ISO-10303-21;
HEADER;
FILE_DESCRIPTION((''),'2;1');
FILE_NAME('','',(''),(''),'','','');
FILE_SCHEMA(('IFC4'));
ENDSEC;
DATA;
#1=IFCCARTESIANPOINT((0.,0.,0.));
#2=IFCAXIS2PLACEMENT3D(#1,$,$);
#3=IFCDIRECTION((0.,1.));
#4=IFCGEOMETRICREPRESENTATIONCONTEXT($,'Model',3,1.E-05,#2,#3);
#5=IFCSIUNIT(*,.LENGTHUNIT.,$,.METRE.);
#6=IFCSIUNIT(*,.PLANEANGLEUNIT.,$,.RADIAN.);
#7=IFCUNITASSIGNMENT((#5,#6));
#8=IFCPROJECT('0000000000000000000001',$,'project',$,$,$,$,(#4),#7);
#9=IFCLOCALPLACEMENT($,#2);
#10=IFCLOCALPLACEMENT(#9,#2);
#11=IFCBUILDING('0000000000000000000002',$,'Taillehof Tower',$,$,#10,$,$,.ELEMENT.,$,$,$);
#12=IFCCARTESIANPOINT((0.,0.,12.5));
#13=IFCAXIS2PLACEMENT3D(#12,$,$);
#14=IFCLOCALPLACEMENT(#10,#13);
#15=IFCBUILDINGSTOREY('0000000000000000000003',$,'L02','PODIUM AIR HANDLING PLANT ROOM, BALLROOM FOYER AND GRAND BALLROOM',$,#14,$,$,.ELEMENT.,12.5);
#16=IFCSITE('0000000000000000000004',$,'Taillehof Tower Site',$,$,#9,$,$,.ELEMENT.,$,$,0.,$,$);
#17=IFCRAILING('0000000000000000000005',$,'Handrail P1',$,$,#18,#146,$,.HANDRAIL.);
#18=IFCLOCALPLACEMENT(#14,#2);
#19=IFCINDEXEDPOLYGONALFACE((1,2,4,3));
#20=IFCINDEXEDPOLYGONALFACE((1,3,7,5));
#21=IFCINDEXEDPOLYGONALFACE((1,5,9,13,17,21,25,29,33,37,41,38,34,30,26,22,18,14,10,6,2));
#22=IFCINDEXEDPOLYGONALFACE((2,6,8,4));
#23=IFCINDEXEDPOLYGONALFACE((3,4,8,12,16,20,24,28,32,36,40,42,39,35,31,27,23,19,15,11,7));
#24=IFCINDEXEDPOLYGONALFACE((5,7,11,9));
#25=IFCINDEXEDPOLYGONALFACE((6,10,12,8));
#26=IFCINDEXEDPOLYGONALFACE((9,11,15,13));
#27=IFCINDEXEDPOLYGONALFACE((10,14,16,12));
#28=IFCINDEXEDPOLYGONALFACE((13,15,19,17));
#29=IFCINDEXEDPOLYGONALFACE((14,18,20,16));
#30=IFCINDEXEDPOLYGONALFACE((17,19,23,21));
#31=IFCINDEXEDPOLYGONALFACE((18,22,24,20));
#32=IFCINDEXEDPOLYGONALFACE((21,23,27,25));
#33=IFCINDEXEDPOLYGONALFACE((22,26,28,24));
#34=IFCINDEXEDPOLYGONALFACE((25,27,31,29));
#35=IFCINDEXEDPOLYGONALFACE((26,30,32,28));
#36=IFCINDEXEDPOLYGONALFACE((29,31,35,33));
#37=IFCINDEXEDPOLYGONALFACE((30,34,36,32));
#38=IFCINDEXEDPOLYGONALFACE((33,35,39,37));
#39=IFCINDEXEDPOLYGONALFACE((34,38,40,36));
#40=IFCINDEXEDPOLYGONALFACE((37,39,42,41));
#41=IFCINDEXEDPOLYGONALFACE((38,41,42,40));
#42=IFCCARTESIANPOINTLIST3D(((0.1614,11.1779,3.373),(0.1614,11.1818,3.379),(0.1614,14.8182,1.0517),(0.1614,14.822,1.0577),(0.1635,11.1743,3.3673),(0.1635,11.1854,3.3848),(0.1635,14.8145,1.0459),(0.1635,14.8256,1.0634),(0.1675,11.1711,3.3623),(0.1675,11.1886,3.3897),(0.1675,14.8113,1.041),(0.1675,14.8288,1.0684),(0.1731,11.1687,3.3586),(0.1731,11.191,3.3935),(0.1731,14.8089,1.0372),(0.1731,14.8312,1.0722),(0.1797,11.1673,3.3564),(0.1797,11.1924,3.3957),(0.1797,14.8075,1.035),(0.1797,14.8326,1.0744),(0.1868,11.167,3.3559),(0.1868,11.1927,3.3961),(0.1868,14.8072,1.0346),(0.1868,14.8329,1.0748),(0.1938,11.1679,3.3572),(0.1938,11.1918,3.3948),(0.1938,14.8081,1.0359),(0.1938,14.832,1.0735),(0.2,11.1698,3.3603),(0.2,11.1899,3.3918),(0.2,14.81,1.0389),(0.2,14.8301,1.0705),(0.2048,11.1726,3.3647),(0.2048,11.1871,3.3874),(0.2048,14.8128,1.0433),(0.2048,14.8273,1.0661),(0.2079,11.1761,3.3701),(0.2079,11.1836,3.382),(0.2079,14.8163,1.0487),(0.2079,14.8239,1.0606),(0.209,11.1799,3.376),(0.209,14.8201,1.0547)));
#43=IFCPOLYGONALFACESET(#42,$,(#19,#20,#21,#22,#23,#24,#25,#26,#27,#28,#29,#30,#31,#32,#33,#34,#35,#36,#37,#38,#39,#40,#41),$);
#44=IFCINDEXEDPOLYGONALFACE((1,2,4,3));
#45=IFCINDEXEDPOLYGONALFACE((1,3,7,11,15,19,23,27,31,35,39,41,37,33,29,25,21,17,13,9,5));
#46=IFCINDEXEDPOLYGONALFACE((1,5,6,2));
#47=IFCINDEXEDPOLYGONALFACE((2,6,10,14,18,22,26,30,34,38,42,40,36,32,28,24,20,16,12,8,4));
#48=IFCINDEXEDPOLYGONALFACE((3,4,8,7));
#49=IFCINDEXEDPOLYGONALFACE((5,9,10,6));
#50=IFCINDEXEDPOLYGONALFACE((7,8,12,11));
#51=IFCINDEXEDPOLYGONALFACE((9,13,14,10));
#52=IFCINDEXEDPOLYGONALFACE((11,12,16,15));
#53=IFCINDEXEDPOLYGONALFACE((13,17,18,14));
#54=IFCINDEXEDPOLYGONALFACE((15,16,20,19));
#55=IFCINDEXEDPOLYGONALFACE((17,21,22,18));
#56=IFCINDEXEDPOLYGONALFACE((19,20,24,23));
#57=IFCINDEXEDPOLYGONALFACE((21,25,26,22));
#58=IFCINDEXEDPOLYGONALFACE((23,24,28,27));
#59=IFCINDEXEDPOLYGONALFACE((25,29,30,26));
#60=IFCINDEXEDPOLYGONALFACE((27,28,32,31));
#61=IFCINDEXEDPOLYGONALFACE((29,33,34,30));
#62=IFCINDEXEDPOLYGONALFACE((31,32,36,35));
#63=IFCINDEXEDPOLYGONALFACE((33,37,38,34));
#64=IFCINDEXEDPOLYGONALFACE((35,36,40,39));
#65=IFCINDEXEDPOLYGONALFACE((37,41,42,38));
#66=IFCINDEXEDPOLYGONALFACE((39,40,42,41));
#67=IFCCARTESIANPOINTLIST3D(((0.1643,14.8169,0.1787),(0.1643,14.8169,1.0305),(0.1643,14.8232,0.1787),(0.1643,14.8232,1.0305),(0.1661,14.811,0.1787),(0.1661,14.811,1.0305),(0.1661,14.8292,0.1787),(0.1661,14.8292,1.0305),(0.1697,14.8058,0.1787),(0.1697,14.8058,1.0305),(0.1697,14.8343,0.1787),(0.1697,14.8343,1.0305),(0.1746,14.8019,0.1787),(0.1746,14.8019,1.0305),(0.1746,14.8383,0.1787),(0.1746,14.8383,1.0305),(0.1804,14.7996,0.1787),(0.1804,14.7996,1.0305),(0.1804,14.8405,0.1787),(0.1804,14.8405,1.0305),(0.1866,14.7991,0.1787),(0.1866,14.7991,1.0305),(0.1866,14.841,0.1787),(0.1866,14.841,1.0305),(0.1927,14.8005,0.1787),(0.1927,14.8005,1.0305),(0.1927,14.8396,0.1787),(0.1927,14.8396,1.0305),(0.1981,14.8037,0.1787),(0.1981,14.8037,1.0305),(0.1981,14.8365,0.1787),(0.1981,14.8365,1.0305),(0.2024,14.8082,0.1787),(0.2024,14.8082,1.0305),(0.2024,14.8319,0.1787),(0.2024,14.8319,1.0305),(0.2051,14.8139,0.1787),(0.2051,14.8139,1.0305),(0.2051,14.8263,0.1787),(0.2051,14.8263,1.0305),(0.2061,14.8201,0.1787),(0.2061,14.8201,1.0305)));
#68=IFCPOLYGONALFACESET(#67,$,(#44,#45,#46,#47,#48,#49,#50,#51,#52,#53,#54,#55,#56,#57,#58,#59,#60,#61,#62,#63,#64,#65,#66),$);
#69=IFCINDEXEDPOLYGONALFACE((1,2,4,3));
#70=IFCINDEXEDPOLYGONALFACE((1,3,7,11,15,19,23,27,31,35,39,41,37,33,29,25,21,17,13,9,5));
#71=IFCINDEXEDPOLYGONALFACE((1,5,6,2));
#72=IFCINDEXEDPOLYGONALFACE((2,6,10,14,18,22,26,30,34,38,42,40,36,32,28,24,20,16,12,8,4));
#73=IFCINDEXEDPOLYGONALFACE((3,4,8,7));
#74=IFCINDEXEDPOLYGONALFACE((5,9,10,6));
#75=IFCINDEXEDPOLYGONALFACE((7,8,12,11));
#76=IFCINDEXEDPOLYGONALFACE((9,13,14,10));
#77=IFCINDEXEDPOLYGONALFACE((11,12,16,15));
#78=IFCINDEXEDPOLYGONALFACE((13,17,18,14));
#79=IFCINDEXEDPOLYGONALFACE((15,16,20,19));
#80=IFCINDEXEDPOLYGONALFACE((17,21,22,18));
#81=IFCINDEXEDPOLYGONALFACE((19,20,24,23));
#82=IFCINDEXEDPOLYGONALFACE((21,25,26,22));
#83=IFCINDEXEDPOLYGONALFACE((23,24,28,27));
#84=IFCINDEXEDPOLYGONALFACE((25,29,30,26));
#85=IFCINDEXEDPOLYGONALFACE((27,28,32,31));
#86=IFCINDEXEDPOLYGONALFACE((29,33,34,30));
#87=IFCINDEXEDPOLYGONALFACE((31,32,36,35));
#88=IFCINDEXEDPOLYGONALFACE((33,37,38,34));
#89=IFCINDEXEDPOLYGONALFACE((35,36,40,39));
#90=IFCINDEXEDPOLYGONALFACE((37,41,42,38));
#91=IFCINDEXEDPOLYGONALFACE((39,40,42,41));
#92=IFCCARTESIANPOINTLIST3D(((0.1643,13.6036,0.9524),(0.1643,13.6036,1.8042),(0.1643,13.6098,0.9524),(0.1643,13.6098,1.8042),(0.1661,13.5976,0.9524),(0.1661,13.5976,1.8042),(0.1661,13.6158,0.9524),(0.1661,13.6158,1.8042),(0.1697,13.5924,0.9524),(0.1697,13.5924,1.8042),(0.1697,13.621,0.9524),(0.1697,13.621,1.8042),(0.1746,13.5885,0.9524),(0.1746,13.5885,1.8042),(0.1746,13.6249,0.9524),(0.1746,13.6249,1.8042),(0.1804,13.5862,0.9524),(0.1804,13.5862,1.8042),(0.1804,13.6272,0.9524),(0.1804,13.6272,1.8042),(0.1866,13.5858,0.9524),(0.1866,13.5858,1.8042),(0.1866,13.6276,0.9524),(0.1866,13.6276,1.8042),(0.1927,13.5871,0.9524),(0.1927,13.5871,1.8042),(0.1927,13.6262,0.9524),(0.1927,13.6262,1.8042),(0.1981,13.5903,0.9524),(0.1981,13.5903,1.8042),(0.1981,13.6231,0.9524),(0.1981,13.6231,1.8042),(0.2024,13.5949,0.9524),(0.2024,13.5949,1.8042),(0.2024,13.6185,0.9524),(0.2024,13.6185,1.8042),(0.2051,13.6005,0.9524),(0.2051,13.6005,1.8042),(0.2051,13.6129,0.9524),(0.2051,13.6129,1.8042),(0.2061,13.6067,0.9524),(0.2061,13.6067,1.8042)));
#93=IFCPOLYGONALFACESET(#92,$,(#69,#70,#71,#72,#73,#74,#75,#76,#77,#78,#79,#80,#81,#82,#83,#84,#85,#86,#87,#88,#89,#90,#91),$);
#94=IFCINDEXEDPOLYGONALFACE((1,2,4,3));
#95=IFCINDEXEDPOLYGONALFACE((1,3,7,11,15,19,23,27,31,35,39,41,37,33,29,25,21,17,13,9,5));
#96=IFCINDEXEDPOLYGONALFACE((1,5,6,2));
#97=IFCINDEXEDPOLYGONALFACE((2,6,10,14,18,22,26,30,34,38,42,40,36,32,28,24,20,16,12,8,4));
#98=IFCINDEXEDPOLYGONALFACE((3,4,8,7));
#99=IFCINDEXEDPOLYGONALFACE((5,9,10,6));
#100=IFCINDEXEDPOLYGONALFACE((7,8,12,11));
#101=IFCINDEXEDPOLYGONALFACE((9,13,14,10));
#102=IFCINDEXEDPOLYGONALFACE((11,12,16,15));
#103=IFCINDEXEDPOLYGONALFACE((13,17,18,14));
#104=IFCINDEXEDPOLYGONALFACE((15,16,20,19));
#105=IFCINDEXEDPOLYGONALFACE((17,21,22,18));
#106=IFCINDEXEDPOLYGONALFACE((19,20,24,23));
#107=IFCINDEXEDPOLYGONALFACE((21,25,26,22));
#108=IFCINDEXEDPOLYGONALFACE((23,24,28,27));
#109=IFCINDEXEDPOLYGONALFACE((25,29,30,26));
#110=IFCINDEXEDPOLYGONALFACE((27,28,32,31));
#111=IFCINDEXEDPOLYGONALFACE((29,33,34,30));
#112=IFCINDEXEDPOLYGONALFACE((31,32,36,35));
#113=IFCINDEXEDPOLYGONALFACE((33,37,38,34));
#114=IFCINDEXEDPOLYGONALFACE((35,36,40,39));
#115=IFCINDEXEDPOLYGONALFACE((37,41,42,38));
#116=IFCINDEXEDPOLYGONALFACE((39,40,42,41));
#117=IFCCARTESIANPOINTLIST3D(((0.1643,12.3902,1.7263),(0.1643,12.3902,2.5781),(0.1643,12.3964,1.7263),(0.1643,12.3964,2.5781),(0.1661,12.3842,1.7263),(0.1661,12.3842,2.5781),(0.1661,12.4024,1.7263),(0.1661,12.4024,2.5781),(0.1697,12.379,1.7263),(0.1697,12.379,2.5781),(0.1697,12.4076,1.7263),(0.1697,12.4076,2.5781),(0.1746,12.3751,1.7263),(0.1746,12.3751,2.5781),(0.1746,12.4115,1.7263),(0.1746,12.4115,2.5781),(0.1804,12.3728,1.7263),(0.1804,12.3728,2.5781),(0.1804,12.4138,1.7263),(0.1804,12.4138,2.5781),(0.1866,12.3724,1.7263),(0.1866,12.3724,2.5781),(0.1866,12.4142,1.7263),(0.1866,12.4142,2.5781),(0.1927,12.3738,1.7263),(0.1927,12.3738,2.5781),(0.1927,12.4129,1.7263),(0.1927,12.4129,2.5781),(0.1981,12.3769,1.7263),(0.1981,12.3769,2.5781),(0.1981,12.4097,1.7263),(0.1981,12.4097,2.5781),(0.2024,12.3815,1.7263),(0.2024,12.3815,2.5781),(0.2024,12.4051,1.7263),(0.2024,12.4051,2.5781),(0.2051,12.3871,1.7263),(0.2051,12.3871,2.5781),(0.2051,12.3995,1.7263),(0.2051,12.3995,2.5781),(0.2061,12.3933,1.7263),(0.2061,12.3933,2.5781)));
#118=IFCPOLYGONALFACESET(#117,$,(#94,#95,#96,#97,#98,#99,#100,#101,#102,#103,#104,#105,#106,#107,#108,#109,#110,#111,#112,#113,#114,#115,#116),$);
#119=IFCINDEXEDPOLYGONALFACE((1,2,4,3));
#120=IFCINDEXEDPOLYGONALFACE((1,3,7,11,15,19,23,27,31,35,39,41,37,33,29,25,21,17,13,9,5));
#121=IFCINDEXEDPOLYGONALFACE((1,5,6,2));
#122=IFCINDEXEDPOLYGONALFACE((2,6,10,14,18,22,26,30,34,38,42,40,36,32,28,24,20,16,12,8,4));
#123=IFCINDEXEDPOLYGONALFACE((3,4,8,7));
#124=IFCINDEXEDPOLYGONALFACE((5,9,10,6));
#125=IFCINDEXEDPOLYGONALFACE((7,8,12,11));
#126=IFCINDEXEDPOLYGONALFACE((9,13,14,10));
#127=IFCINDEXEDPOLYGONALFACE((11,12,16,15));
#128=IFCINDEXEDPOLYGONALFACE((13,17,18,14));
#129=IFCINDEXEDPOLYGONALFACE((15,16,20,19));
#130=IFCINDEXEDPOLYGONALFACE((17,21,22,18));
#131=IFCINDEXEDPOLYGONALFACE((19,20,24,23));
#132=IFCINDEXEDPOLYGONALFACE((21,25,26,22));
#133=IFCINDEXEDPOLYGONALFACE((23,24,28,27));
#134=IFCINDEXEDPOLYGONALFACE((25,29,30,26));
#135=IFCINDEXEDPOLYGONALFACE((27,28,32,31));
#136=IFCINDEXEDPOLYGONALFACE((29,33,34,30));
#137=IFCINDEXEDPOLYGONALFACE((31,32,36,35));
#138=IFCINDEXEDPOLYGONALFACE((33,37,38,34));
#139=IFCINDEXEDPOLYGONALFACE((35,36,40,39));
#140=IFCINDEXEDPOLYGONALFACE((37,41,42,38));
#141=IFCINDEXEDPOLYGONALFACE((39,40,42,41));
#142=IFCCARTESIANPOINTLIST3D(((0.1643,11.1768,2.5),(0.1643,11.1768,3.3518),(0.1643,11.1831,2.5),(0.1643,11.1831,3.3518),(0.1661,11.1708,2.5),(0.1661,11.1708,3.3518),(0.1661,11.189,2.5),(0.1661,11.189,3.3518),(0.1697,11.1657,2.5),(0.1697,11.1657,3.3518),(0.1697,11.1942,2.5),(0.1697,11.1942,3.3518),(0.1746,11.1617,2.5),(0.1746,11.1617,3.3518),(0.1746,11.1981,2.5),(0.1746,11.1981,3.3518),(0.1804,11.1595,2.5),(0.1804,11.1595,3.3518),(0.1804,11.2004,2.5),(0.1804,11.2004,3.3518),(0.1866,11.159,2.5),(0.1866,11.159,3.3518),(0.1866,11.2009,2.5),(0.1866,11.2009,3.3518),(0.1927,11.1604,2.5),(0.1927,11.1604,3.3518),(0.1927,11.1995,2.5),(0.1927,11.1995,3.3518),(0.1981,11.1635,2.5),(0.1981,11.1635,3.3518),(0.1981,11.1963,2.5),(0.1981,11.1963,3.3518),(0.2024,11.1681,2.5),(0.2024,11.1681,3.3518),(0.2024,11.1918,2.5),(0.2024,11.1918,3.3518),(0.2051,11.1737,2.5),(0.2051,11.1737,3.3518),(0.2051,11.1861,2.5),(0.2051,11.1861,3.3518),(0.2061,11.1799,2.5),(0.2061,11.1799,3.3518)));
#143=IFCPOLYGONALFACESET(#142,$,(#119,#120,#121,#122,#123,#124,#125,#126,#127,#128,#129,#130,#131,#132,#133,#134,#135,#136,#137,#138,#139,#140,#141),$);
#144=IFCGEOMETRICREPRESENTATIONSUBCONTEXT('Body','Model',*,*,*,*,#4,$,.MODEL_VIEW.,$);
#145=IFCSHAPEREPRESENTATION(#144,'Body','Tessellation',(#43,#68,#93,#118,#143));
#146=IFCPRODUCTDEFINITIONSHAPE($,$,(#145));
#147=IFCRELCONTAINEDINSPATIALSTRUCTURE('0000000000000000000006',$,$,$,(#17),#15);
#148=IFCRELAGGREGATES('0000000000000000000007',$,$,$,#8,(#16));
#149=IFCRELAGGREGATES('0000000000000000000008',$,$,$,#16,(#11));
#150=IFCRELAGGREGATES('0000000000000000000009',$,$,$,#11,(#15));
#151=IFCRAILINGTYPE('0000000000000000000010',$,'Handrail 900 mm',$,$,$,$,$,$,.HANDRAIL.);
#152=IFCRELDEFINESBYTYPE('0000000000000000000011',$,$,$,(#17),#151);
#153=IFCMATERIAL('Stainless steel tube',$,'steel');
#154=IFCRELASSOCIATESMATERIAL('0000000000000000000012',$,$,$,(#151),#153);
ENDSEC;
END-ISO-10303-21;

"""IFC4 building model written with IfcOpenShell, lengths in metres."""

from ifc_helpers import new_model, si_unit, direction, frame, origin, origin_2d, place, context, subcontext, project, spatial, circle, extrude, material, type_object, element, save


model = new_model("IFC4")

# Units and contexts
model_context = context("Model", 3, precision=1e-05, world=origin(), true_north=direction((0.0, 1.0)))
body_context = subcontext(model_context, "Body", "Model", "MODEL_VIEW")
ifc_project = project(units=[si_unit("LENGTHUNIT", "METRE"), si_unit("PLANEANGLEUNIT", "RADIAN")], contexts=[model_context])

# Site, building, storey
site_placement = place(None, origin())
site = spatial("IfcSite", under=ifc_project, at=site_placement, Name="Taillehof Tower Site", CompositionType="ELEMENT", RefElevation=0.0)
building_placement = place(site_placement, origin())
building = spatial("IfcBuilding", under=site, at=building_placement, Name="Taillehof Tower", CompositionType="ELEMENT")
storey_placement = place(building_placement, frame((0.0, 0.0, 12.5)))
storey = spatial("IfcBuildingStorey", under=building, at=storey_placement, Name="L02", Description="PODIUM AIR HANDLING PLANT ROOM, BALLROOM FOYER AND GRAND BALLROOM", CompositionType="ELEMENT", Elevation=12.5)

# Railing
ifc_material_1 = material(Name="Stainless steel tube", Category="steel")
railing_type_1 = type_object("IfcRailingType", Name="Handrail 900 mm", PredefinedType="HANDRAIL", material=ifc_material_1)
for number, where, name in (
    (1, (0.1851, 14.8201, 0.1787), "Handrail P1"),
):
    element("IfcRailing", number, at=place(storey_placement, frame(where)), inside=storey, type_object=railing_type_1, Name=name, PredefinedType="HANDRAIL", context=body_context, shape_type="SweptSolid", body=[
        extrude(circle(Radius=0.0239, at=origin_2d()), frame((0.0, 0.0, 0.876), z_axis=(0.0, -0.843153, 0.537673), x_axis=(1.0, 0.0, 0.0)), (0.0, 0.0, 1.0), 4.3174),
        extrude(circle(Radius=0.021, at=origin_2d()), origin(), (0.0, 0.0, 1.0), 0.8518),
        extrude(circle(Radius=0.021, at=origin_2d()), frame((0.0, -1.2134, 0.7737)), (0.0, 0.0, 1.0), 0.8518),
        extrude(circle(Radius=0.021, at=origin_2d()), frame((0.0, -2.4268, 1.5476)), (0.0, 0.0, 1.0), 0.8518),
        extrude(circle(Radius=0.021, at=origin_2d()), frame((0.0, -3.6401, 2.3213)), (0.0, 0.0, 1.0), 0.8518),
    ])

save(model, "model.ifc")
